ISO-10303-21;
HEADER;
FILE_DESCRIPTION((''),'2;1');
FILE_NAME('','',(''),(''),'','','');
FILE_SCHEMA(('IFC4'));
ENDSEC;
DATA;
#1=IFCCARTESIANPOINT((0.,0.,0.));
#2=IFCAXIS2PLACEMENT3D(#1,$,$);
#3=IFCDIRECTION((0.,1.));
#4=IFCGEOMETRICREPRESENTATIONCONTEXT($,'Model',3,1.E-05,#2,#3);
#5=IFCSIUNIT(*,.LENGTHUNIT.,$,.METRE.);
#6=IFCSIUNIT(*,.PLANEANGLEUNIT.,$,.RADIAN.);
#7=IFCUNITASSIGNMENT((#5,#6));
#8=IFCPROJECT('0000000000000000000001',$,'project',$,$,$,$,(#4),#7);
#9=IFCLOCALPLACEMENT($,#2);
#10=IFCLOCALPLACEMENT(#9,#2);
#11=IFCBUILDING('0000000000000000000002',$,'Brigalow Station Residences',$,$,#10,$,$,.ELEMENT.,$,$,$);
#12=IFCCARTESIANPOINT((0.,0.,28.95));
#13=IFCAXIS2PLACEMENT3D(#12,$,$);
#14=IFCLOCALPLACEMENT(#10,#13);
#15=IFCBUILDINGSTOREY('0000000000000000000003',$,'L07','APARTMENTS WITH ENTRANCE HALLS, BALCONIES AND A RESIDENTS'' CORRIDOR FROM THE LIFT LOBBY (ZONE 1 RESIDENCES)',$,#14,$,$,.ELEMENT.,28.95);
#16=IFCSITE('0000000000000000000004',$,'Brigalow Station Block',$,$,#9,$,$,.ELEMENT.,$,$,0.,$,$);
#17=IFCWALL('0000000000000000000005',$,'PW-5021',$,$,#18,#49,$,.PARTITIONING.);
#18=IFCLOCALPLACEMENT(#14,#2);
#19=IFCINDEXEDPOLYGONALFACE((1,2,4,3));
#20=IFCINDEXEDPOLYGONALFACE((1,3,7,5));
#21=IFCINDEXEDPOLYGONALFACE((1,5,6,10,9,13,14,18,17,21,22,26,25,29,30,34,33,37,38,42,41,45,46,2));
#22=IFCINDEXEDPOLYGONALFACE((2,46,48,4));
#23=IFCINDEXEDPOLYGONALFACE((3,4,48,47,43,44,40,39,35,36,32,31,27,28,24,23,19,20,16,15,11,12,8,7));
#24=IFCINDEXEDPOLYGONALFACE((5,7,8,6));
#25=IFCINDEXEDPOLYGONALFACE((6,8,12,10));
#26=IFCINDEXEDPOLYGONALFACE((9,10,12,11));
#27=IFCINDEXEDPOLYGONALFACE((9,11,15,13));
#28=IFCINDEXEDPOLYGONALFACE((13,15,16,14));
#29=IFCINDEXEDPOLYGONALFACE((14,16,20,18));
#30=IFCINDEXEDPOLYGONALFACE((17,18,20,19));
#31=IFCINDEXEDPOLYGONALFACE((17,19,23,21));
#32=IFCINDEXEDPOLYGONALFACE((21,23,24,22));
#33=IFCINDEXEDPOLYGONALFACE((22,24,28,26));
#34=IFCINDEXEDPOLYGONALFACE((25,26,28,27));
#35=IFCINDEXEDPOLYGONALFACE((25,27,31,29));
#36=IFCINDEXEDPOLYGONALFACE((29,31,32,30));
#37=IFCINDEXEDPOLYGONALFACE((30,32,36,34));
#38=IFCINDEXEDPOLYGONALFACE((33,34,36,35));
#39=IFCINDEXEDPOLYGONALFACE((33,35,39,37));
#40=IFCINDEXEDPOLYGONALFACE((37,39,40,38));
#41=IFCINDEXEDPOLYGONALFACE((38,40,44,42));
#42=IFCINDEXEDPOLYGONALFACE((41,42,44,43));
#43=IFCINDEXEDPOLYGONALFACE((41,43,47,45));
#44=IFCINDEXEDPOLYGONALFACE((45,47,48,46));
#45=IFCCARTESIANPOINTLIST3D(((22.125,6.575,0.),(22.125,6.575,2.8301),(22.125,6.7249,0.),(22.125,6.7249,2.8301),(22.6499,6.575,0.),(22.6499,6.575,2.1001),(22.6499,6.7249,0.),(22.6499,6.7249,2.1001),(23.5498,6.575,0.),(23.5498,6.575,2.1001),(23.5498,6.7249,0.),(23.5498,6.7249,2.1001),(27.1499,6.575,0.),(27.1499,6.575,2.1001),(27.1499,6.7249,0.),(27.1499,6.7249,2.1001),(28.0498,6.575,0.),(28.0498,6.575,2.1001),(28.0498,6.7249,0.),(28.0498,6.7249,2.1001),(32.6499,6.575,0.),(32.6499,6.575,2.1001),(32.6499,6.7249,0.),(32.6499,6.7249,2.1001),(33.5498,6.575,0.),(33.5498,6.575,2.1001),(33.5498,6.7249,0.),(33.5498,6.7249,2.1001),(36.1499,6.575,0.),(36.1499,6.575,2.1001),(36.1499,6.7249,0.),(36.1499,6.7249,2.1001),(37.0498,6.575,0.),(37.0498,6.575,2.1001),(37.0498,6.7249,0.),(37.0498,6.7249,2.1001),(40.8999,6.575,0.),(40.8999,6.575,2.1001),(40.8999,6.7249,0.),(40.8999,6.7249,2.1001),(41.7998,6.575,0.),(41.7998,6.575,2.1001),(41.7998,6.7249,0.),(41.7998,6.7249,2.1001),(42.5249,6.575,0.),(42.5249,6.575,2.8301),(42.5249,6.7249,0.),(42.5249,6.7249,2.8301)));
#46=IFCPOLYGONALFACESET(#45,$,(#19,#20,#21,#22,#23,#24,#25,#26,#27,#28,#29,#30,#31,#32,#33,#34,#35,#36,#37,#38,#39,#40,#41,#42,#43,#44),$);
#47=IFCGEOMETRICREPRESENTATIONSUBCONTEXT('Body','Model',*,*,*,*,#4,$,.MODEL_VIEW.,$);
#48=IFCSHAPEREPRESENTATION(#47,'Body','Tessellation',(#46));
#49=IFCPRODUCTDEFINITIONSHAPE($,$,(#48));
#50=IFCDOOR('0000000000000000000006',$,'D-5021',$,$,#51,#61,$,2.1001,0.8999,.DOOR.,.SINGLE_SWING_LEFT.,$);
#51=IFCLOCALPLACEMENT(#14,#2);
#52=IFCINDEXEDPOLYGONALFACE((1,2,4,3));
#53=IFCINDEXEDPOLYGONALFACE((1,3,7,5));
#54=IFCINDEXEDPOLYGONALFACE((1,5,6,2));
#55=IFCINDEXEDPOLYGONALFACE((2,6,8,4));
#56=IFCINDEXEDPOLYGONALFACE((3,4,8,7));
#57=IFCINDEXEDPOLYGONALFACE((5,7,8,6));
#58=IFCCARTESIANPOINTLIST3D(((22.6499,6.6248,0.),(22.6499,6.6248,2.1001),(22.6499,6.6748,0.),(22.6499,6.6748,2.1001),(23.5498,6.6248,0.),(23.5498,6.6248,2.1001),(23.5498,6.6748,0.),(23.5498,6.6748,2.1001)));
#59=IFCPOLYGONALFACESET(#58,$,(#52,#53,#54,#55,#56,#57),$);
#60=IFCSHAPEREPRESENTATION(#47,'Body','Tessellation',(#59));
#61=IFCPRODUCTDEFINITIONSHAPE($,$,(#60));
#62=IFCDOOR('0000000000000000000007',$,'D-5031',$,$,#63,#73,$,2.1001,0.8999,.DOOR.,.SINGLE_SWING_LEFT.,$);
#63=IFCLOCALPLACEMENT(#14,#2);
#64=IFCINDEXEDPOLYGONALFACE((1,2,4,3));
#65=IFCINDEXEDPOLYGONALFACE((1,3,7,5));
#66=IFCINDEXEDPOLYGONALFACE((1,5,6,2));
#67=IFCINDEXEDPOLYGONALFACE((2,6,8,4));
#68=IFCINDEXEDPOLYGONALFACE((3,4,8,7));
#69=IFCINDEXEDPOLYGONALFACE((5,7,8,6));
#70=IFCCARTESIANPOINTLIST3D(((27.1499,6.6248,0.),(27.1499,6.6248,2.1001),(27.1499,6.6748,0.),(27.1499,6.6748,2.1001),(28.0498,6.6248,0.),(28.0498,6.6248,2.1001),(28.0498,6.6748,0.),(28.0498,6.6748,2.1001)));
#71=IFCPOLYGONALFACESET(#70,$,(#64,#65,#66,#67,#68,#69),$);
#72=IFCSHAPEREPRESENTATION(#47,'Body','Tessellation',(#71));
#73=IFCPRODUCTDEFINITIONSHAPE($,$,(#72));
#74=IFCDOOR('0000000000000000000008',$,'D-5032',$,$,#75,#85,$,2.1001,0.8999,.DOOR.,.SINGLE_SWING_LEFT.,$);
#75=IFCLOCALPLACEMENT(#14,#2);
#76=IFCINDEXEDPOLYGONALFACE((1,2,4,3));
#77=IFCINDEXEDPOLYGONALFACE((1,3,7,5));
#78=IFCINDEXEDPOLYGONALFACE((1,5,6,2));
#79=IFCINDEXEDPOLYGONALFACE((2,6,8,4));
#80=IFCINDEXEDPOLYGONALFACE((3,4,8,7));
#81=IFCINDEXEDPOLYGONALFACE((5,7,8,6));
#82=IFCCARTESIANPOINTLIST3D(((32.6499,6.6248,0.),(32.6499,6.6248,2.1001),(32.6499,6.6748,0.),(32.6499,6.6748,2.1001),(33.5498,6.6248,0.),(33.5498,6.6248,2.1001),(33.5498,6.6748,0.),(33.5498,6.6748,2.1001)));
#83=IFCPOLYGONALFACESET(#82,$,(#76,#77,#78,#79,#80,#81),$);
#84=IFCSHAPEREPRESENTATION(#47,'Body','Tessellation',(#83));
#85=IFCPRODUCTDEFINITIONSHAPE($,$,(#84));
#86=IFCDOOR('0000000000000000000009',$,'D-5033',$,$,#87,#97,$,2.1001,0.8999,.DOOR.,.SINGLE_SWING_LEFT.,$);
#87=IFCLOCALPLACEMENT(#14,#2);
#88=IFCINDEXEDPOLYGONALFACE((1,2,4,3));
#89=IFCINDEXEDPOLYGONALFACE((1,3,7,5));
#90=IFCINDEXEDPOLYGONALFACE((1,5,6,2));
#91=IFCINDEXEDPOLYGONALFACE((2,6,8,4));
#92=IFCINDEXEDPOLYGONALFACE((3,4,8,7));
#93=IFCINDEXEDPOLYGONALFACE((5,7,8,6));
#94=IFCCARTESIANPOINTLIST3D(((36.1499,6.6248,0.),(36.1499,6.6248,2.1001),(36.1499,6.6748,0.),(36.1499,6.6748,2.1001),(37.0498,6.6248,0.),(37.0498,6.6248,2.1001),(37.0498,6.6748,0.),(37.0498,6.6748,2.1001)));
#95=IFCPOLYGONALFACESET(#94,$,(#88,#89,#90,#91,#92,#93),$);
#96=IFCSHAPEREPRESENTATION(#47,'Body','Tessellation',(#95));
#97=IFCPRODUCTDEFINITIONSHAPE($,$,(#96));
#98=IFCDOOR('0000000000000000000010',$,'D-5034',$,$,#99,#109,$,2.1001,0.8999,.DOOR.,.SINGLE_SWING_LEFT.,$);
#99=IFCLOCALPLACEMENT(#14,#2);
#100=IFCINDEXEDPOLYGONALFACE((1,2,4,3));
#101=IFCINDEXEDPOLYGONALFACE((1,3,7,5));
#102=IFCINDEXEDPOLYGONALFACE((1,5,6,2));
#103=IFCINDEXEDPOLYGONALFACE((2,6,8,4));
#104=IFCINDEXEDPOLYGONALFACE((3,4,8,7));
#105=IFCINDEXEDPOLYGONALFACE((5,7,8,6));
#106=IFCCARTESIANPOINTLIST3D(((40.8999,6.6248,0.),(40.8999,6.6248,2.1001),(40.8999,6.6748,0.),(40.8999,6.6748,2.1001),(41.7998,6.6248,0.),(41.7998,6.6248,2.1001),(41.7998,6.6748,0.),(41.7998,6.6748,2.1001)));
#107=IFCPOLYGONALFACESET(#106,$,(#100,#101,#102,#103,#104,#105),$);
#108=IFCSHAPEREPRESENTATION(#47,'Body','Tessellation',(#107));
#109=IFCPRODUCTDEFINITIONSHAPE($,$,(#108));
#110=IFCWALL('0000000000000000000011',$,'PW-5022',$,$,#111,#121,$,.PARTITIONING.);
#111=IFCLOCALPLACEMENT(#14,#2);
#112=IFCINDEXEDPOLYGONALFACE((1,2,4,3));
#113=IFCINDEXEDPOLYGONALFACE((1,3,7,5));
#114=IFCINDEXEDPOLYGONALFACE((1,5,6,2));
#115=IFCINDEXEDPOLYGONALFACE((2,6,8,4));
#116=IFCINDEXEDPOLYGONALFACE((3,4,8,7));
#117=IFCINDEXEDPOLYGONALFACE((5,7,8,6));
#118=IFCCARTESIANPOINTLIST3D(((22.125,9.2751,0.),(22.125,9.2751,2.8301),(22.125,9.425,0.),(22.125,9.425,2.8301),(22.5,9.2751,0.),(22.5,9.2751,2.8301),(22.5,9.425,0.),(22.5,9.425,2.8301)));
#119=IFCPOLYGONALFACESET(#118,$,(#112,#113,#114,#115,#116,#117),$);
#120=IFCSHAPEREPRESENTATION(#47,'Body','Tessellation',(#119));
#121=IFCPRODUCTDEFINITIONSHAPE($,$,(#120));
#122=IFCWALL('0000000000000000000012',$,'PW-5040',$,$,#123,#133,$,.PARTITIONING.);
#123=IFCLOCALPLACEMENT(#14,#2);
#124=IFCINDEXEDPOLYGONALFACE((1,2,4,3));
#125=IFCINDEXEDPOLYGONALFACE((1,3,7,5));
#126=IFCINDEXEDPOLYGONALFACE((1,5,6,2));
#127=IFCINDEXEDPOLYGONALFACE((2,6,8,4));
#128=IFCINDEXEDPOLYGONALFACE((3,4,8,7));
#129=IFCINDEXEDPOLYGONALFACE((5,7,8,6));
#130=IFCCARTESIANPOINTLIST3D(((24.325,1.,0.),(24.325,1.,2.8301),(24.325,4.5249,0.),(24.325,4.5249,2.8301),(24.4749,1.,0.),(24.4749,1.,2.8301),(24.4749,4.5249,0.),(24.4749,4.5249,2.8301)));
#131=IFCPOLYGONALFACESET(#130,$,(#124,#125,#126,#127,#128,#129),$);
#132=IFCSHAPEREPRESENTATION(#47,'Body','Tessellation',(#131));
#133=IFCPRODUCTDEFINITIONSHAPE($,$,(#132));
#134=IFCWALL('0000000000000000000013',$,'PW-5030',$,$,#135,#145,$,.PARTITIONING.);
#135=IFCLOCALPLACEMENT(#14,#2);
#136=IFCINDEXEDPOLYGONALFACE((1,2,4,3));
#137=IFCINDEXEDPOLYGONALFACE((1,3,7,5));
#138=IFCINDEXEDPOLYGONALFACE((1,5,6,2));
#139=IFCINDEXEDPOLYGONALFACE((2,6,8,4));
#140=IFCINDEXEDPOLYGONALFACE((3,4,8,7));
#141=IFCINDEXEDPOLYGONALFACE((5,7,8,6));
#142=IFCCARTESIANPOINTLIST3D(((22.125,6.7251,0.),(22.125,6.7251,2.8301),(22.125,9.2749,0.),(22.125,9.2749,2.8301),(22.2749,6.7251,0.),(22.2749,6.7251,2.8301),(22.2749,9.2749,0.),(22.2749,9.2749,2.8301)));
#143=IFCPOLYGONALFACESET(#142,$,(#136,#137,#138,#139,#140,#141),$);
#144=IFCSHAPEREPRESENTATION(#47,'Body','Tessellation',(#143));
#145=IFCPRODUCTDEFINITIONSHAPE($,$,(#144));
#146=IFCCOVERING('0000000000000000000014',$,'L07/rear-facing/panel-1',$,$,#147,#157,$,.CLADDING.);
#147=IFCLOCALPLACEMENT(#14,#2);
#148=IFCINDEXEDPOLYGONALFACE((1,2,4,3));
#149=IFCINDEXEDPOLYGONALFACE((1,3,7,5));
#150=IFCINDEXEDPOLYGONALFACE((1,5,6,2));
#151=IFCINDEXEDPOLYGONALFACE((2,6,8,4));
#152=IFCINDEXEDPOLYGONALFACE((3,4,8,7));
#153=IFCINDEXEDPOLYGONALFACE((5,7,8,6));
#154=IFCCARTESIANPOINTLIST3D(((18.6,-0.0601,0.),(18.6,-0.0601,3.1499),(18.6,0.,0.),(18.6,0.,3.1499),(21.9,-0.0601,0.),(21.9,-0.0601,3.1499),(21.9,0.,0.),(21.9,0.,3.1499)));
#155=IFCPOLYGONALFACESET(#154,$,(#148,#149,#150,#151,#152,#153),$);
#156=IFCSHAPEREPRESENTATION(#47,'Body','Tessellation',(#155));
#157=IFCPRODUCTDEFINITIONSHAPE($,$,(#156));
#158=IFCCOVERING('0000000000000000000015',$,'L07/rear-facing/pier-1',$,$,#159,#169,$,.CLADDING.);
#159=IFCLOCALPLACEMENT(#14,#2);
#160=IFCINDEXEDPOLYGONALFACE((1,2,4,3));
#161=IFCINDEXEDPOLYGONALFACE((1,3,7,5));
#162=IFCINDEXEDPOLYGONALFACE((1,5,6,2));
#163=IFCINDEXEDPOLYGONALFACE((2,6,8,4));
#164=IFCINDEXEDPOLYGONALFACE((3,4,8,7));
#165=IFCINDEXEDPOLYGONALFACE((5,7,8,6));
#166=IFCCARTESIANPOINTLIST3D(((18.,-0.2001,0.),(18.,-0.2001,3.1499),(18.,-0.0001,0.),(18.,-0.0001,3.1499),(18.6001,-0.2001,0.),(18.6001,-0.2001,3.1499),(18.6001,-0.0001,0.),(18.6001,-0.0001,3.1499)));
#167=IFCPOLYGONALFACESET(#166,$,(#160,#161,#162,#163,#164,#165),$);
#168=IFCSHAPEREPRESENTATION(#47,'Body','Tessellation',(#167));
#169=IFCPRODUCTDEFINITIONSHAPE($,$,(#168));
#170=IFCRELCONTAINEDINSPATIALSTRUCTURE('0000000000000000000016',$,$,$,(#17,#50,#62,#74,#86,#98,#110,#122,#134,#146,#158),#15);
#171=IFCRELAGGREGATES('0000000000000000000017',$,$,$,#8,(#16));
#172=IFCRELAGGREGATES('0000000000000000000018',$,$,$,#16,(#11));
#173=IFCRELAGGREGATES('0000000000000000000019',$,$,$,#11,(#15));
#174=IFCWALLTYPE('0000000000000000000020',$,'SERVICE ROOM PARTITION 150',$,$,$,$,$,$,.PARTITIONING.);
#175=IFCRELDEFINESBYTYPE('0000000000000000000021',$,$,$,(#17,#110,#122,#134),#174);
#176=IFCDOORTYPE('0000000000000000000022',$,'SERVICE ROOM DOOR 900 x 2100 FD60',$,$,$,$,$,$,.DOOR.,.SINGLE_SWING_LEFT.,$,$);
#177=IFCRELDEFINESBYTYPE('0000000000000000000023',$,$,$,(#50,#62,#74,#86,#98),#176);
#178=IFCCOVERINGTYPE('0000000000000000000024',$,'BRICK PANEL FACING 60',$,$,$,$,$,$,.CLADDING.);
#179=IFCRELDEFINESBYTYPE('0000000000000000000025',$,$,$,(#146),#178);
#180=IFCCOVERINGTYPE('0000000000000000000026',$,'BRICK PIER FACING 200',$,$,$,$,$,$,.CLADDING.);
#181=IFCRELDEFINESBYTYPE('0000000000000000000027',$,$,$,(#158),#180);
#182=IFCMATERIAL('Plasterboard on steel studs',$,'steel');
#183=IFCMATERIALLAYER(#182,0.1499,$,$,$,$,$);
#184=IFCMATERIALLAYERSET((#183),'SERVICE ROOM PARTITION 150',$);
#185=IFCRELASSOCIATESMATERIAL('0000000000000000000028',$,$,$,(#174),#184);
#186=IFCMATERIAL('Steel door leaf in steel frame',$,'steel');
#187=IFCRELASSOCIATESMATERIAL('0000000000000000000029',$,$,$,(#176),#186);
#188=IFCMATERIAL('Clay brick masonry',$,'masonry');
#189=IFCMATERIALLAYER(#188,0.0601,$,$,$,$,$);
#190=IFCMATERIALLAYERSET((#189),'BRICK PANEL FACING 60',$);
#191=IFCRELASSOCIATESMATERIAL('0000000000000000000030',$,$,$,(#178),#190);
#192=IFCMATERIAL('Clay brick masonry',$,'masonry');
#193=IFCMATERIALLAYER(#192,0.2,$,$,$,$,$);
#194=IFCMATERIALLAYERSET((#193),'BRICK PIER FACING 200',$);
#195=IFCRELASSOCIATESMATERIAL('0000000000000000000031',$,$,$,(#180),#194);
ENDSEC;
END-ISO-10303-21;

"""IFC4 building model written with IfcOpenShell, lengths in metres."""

from ifc_helpers import new_model, si_unit, direction, frame, frame_2d, origin, origin_2d, place, context, subcontext, project, spatial, rectangle, extrude, material, layer, layer_set, type_object, element, fill, save


model = new_model("IFC4")

# Units and contexts
model_context = context("Model", 3, precision=1e-05, world=origin(), true_north=direction((0.0, 1.0)))
body_context = subcontext(model_context, "Body", "Model", "MODEL_VIEW")
ifc_project = project(units=[si_unit("LENGTHUNIT", "METRE"), si_unit("PLANEANGLEUNIT", "RADIAN")], contexts=[model_context])

# Site, building, storey
site_placement = place(None, origin())
site = spatial("IfcSite", under=ifc_project, at=site_placement, Name="Brigalow Station Block", CompositionType="ELEMENT", RefElevation=0.0)
building_placement = place(site_placement, origin())
building = spatial("IfcBuilding", under=site, at=building_placement, Name="Brigalow Station Residences", CompositionType="ELEMENT")
storey_placement = place(building_placement, frame((0.0, 0.0, 28.95)))
storey = spatial("IfcBuildingStorey", under=building, at=storey_placement, Name="L07", Description="APARTMENTS WITH ENTRANCE HALLS, BALCONIES AND A RESIDENTS' CORRIDOR FROM THE LIFT LOBBY (ZONE 1 RESIDENCES)", CompositionType="ELEMENT", Elevation=28.95)

# Wall, openings, doors
ifc_material_1 = material(Name="Plasterboard on steel studs", Category="steel")
ifc_layer_1 = layer(ifc_material_1, 0.1499)
ifc_layer_set_1 = layer_set([ifc_layer_1], Name="SERVICE ROOM PARTITION 150")
wall_type_1 = type_object("IfcWallType", Name="SERVICE ROOM PARTITION 150", PredefinedType="PARTITIONING", material=ifc_layer_set_1)
ifc_material_2 = material(Name="Steel door leaf in steel frame", Category="steel")
door_type = type_object("IfcDoorType", Name="SERVICE ROOM DOOR 900 x 2100 FD60", OperationType="SINGLE_SWING_LEFT", PredefinedType="DOOR", material=ifc_material_2)
wall_1_placement = place(storey_placement, frame((22.125, 6.6499, 0.0), z_axis=(0.0, 0.0, 1.0), x_axis=(1.0, 0.0, 0.0)))
wall_1 = element("IfcWall", 1, at=wall_1_placement, inside=storey, type_object=wall_type_1, Name="PW-5021", PredefinedType="PARTITIONING", context=body_context, shape_type="SweptSolid", body=[
    extrude(rectangle(XDim=20.3999, YDim=0.1499, at=frame_2d((10.2, 0.0))), origin(), (0.0, 0.0, 1.0), 2.8301),
])
opening_1_placement = place(wall_1_placement, frame((0.5249, 0.0, 0.0)))
opening_1 = element("IfcOpeningElement", 2, at=opening_1_placement, cuts=wall_1, PredefinedType="OPENING", context=body_context, shape_type="SweptSolid", body=[
    extrude(rectangle(XDim=0.8999, YDim=2.1001, at=frame_2d((0.45, 1.05))), frame((0.0, 0.085, 0.0), z_axis=(0.0, -1.0, 0.0), x_axis=(1.0, 0.0, 0.0)), (0.0, 0.0, 1.0), 0.1699),
])
opening_2_placement = place(wall_1_placement, frame((5.0249, 0.0, 0.0)))
opening_2 = element("IfcOpeningElement", 3, at=opening_2_placement, cuts=wall_1, PredefinedType="OPENING", context=body_context, shape_type="SweptSolid", body=[
    extrude(rectangle(XDim=0.8999, YDim=2.1001, at=frame_2d((0.45, 1.05))), frame((0.0, 0.085, 0.0), z_axis=(0.0, -1.0, 0.0), x_axis=(1.0, 0.0, 0.0)), (0.0, 0.0, 1.0), 0.1699),
])
opening_3_placement = place(wall_1_placement, frame((10.5249, 0.0, 0.0)))
opening_3 = element("IfcOpeningElement", 4, at=opening_3_placement, cuts=wall_1, PredefinedType="OPENING", context=body_context, shape_type="SweptSolid", body=[
    extrude(rectangle(XDim=0.8999, YDim=2.1001, at=frame_2d((0.45, 1.05))), frame((0.0, 0.085, 0.0), z_axis=(0.0, -1.0, 0.0), x_axis=(1.0, 0.0, 0.0)), (0.0, 0.0, 1.0), 0.1699),
])
opening_4_placement = place(wall_1_placement, frame((14.0249, 0.0, 0.0)))
opening_4 = element("IfcOpeningElement", 5, at=opening_4_placement, cuts=wall_1, PredefinedType="OPENING", context=body_context, shape_type="SweptSolid", body=[
    extrude(rectangle(XDim=0.8999, YDim=2.1001, at=frame_2d((0.45, 1.05))), frame((0.0, 0.085, 0.0), z_axis=(0.0, -1.0, 0.0), x_axis=(1.0, 0.0, 0.0)), (0.0, 0.0, 1.0), 0.1699),
])
opening_5_placement = place(wall_1_placement, frame((18.7749, 0.0, 0.0)))
opening_5 = element("IfcOpeningElement", 6, at=opening_5_placement, cuts=wall_1, PredefinedType="OPENING", context=body_context, shape_type="SweptSolid", body=[
    extrude(rectangle(XDim=0.8999, YDim=2.1001, at=frame_2d((0.45, 1.05))), frame((0.0, 0.085, 0.0), z_axis=(0.0, -1.0, 0.0), x_axis=(1.0, 0.0, 0.0)), (0.0, 0.0, 1.0), 0.1699),
])
door_1_placement = place(opening_1_placement, origin())
door_1 = element("IfcDoor", 7, at=door_1_placement, inside=storey, type_object=door_type, Name="D-5021", OperationType="SINGLE_SWING_LEFT", OverallHeight=2.1001, OverallWidth=0.8999, PredefinedType="DOOR", context=body_context, shape_type="SweptSolid", body=[
    extrude(rectangle(XDim=0.8999, YDim=2.1001, at=frame_2d((0.45, 1.05))), frame((0.0, 0.0249, 0.0), z_axis=(0.0, -1.0, 0.0), x_axis=(1.0, 0.0, 0.0)), (0.0, 0.0, 1.0), 0.05),
])
fill(opening_1, door_1)
door_2_placement = place(opening_2_placement, origin())
door_2 = element("IfcDoor", 8, at=door_2_placement, inside=storey, type_object=door_type, Name="D-5031", OperationType="SINGLE_SWING_LEFT", OverallHeight=2.1001, OverallWidth=0.8999, PredefinedType="DOOR", context=body_context, shape_type="SweptSolid", body=[
    extrude(rectangle(XDim=0.8999, YDim=2.1001, at=frame_2d((0.45, 1.05))), frame((0.0, 0.0249, 0.0), z_axis=(0.0, -1.0, 0.0), x_axis=(1.0, 0.0, 0.0)), (0.0, 0.0, 1.0), 0.05),
])
fill(opening_2, door_2)
door_3_placement = place(opening_3_placement, origin())
door_3 = element("IfcDoor", 9, at=door_3_placement, inside=storey, type_object=door_type, Name="D-5032", OperationType="SINGLE_SWING_LEFT", OverallHeight=2.1001, OverallWidth=0.8999, PredefinedType="DOOR", context=body_context, shape_type="SweptSolid", body=[
    extrude(rectangle(XDim=0.8999, YDim=2.1001, at=frame_2d((0.45, 1.05))), frame((0.0, 0.0249, 0.0), z_axis=(0.0, -1.0, 0.0), x_axis=(1.0, 0.0, 0.0)), (0.0, 0.0, 1.0), 0.05),
])
fill(opening_3, door_3)
door_4_placement = place(opening_4_placement, origin())
door_4 = element("IfcDoor", 10, at=door_4_placement, inside=storey, type_object=door_type, Name="D-5033", OperationType="SINGLE_SWING_LEFT", OverallHeight=2.1001, OverallWidth=0.8999, PredefinedType="DOOR", context=body_context, shape_type="SweptSolid", body=[
    extrude(rectangle(XDim=0.8999, YDim=2.1001, at=frame_2d((0.45, 1.05))), frame((0.0, 0.0249, 0.0), z_axis=(0.0, -1.0, 0.0), x_axis=(1.0, 0.0, 0.0)), (0.0, 0.0, 1.0), 0.05),
])
fill(opening_4, door_4)
door_5_placement = place(opening_5_placement, origin())
door_5 = element("IfcDoor", 11, at=door_5_placement, inside=storey, type_object=door_type, Name="D-5034", OperationType="SINGLE_SWING_LEFT", OverallHeight=2.1001, OverallWidth=0.8999, PredefinedType="DOOR", context=body_context, shape_type="SweptSolid", body=[
    extrude(rectangle(XDim=0.8999, YDim=2.1001, at=frame_2d((0.45, 1.05))), frame((0.0, 0.0249, 0.0), z_axis=(0.0, -1.0, 0.0), x_axis=(1.0, 0.0, 0.0)), (0.0, 0.0, 1.0), 0.05),
])
fill(opening_5, door_5)

# Walls
wall_2_placement = place(storey_placement, frame((22.125, 9.3501, 0.0), z_axis=(0.0, 0.0, 1.0), x_axis=(1.0, 0.0, 0.0)))
element("IfcWall", 12, at=wall_2_placement, inside=storey, type_object=wall_type_1, Name="PW-5022", PredefinedType="PARTITIONING", context=body_context, shape_type="SweptSolid", body=[
    extrude(rectangle(XDim=0.375, YDim=0.1499, at=frame_2d((0.1875, 0.0))), origin(), (0.0, 0.0, 1.0), 2.8301),
])
wall_3_placement = place(storey_placement, frame((24.3999, 1.0, 0.0), z_axis=(0.0, 0.0, 1.0), x_axis=(0.0, 1.0, 0.0)))
element("IfcWall", 13, at=wall_3_placement, inside=storey, type_object=wall_type_1, Name="PW-5040", PredefinedType="PARTITIONING", context=body_context, shape_type="SweptSolid", body=[
    extrude(rectangle(XDim=3.5249, YDim=0.1499, at=frame_2d((1.7625, 0.0))), origin(), (0.0, 0.0, 1.0), 2.8301),
])
wall_4_placement = place(storey_placement, frame((22.2, 6.7251, 0.0), z_axis=(0.0, 0.0, 1.0), x_axis=(0.0, 1.0, 0.0)))
element("IfcWall", 14, at=wall_4_placement, inside=storey, type_object=wall_type_1, Name="PW-5030", PredefinedType="PARTITIONING", context=body_context, shape_type="SweptSolid", body=[
    extrude(rectangle(XDim=2.5498, YDim=0.1499, at=frame_2d((1.2749, 0.0))), origin(), (0.0, 0.0, 1.0), 2.8301),
])

# Coverings
ifc_material_3 = material(Name="Clay brick masonry", Category="masonry")
ifc_layer_2 = layer(ifc_material_3, 0.0601)
ifc_layer_set_2 = layer_set([ifc_layer_2], Name="BRICK PANEL FACING 60")
covering_type_1 = type_object("IfcCoveringType", Name="BRICK PANEL FACING 60", PredefinedType="CLADDING", material=ifc_layer_set_2)
covering_1_placement = place(storey_placement, frame((20.25, -0.03, 0.0), z_axis=(0.0, 0.0, 1.0), x_axis=(1.0, 0.0, 0.0)))
element("IfcCovering", 15, at=covering_1_placement, inside=storey, type_object=covering_type_1, Name="L07/rear-facing/panel-1", PredefinedType="CLADDING", context=body_context, shape_type="SweptSolid", body=[
    extrude(rectangle(XDim=3.3, YDim=0.0601, at=origin_2d()), origin(), (0.0, 0.0, 1.0), 3.1499),
])
ifc_material_4 = material(Name="Clay brick masonry", Category="masonry")
ifc_layer_3 = layer(ifc_material_4, 0.2)
ifc_layer_set_3 = layer_set([ifc_layer_3], Name="BRICK PIER FACING 200")
covering_type_2 = type_object("IfcCoveringType", Name="BRICK PIER FACING 200", PredefinedType="CLADDING", material=ifc_layer_set_3)
covering_2_placement = place(storey_placement, frame((18.3, -0.1001, 0.0), z_axis=(0.0, 0.0, 1.0), x_axis=(1.0, 0.0, 0.0)))
element("IfcCovering", 16, at=covering_2_placement, inside=storey, type_object=covering_type_2, Name="L07/rear-facing/pier-1", PredefinedType="CLADDING", context=body_context, shape_type="SweptSolid", body=[
    extrude(rectangle(XDim=0.6001, YDim=0.2, at=origin_2d()), origin(), (0.0, 0.0, 1.0), 3.1499),
])

save(model, "model.ifc")
